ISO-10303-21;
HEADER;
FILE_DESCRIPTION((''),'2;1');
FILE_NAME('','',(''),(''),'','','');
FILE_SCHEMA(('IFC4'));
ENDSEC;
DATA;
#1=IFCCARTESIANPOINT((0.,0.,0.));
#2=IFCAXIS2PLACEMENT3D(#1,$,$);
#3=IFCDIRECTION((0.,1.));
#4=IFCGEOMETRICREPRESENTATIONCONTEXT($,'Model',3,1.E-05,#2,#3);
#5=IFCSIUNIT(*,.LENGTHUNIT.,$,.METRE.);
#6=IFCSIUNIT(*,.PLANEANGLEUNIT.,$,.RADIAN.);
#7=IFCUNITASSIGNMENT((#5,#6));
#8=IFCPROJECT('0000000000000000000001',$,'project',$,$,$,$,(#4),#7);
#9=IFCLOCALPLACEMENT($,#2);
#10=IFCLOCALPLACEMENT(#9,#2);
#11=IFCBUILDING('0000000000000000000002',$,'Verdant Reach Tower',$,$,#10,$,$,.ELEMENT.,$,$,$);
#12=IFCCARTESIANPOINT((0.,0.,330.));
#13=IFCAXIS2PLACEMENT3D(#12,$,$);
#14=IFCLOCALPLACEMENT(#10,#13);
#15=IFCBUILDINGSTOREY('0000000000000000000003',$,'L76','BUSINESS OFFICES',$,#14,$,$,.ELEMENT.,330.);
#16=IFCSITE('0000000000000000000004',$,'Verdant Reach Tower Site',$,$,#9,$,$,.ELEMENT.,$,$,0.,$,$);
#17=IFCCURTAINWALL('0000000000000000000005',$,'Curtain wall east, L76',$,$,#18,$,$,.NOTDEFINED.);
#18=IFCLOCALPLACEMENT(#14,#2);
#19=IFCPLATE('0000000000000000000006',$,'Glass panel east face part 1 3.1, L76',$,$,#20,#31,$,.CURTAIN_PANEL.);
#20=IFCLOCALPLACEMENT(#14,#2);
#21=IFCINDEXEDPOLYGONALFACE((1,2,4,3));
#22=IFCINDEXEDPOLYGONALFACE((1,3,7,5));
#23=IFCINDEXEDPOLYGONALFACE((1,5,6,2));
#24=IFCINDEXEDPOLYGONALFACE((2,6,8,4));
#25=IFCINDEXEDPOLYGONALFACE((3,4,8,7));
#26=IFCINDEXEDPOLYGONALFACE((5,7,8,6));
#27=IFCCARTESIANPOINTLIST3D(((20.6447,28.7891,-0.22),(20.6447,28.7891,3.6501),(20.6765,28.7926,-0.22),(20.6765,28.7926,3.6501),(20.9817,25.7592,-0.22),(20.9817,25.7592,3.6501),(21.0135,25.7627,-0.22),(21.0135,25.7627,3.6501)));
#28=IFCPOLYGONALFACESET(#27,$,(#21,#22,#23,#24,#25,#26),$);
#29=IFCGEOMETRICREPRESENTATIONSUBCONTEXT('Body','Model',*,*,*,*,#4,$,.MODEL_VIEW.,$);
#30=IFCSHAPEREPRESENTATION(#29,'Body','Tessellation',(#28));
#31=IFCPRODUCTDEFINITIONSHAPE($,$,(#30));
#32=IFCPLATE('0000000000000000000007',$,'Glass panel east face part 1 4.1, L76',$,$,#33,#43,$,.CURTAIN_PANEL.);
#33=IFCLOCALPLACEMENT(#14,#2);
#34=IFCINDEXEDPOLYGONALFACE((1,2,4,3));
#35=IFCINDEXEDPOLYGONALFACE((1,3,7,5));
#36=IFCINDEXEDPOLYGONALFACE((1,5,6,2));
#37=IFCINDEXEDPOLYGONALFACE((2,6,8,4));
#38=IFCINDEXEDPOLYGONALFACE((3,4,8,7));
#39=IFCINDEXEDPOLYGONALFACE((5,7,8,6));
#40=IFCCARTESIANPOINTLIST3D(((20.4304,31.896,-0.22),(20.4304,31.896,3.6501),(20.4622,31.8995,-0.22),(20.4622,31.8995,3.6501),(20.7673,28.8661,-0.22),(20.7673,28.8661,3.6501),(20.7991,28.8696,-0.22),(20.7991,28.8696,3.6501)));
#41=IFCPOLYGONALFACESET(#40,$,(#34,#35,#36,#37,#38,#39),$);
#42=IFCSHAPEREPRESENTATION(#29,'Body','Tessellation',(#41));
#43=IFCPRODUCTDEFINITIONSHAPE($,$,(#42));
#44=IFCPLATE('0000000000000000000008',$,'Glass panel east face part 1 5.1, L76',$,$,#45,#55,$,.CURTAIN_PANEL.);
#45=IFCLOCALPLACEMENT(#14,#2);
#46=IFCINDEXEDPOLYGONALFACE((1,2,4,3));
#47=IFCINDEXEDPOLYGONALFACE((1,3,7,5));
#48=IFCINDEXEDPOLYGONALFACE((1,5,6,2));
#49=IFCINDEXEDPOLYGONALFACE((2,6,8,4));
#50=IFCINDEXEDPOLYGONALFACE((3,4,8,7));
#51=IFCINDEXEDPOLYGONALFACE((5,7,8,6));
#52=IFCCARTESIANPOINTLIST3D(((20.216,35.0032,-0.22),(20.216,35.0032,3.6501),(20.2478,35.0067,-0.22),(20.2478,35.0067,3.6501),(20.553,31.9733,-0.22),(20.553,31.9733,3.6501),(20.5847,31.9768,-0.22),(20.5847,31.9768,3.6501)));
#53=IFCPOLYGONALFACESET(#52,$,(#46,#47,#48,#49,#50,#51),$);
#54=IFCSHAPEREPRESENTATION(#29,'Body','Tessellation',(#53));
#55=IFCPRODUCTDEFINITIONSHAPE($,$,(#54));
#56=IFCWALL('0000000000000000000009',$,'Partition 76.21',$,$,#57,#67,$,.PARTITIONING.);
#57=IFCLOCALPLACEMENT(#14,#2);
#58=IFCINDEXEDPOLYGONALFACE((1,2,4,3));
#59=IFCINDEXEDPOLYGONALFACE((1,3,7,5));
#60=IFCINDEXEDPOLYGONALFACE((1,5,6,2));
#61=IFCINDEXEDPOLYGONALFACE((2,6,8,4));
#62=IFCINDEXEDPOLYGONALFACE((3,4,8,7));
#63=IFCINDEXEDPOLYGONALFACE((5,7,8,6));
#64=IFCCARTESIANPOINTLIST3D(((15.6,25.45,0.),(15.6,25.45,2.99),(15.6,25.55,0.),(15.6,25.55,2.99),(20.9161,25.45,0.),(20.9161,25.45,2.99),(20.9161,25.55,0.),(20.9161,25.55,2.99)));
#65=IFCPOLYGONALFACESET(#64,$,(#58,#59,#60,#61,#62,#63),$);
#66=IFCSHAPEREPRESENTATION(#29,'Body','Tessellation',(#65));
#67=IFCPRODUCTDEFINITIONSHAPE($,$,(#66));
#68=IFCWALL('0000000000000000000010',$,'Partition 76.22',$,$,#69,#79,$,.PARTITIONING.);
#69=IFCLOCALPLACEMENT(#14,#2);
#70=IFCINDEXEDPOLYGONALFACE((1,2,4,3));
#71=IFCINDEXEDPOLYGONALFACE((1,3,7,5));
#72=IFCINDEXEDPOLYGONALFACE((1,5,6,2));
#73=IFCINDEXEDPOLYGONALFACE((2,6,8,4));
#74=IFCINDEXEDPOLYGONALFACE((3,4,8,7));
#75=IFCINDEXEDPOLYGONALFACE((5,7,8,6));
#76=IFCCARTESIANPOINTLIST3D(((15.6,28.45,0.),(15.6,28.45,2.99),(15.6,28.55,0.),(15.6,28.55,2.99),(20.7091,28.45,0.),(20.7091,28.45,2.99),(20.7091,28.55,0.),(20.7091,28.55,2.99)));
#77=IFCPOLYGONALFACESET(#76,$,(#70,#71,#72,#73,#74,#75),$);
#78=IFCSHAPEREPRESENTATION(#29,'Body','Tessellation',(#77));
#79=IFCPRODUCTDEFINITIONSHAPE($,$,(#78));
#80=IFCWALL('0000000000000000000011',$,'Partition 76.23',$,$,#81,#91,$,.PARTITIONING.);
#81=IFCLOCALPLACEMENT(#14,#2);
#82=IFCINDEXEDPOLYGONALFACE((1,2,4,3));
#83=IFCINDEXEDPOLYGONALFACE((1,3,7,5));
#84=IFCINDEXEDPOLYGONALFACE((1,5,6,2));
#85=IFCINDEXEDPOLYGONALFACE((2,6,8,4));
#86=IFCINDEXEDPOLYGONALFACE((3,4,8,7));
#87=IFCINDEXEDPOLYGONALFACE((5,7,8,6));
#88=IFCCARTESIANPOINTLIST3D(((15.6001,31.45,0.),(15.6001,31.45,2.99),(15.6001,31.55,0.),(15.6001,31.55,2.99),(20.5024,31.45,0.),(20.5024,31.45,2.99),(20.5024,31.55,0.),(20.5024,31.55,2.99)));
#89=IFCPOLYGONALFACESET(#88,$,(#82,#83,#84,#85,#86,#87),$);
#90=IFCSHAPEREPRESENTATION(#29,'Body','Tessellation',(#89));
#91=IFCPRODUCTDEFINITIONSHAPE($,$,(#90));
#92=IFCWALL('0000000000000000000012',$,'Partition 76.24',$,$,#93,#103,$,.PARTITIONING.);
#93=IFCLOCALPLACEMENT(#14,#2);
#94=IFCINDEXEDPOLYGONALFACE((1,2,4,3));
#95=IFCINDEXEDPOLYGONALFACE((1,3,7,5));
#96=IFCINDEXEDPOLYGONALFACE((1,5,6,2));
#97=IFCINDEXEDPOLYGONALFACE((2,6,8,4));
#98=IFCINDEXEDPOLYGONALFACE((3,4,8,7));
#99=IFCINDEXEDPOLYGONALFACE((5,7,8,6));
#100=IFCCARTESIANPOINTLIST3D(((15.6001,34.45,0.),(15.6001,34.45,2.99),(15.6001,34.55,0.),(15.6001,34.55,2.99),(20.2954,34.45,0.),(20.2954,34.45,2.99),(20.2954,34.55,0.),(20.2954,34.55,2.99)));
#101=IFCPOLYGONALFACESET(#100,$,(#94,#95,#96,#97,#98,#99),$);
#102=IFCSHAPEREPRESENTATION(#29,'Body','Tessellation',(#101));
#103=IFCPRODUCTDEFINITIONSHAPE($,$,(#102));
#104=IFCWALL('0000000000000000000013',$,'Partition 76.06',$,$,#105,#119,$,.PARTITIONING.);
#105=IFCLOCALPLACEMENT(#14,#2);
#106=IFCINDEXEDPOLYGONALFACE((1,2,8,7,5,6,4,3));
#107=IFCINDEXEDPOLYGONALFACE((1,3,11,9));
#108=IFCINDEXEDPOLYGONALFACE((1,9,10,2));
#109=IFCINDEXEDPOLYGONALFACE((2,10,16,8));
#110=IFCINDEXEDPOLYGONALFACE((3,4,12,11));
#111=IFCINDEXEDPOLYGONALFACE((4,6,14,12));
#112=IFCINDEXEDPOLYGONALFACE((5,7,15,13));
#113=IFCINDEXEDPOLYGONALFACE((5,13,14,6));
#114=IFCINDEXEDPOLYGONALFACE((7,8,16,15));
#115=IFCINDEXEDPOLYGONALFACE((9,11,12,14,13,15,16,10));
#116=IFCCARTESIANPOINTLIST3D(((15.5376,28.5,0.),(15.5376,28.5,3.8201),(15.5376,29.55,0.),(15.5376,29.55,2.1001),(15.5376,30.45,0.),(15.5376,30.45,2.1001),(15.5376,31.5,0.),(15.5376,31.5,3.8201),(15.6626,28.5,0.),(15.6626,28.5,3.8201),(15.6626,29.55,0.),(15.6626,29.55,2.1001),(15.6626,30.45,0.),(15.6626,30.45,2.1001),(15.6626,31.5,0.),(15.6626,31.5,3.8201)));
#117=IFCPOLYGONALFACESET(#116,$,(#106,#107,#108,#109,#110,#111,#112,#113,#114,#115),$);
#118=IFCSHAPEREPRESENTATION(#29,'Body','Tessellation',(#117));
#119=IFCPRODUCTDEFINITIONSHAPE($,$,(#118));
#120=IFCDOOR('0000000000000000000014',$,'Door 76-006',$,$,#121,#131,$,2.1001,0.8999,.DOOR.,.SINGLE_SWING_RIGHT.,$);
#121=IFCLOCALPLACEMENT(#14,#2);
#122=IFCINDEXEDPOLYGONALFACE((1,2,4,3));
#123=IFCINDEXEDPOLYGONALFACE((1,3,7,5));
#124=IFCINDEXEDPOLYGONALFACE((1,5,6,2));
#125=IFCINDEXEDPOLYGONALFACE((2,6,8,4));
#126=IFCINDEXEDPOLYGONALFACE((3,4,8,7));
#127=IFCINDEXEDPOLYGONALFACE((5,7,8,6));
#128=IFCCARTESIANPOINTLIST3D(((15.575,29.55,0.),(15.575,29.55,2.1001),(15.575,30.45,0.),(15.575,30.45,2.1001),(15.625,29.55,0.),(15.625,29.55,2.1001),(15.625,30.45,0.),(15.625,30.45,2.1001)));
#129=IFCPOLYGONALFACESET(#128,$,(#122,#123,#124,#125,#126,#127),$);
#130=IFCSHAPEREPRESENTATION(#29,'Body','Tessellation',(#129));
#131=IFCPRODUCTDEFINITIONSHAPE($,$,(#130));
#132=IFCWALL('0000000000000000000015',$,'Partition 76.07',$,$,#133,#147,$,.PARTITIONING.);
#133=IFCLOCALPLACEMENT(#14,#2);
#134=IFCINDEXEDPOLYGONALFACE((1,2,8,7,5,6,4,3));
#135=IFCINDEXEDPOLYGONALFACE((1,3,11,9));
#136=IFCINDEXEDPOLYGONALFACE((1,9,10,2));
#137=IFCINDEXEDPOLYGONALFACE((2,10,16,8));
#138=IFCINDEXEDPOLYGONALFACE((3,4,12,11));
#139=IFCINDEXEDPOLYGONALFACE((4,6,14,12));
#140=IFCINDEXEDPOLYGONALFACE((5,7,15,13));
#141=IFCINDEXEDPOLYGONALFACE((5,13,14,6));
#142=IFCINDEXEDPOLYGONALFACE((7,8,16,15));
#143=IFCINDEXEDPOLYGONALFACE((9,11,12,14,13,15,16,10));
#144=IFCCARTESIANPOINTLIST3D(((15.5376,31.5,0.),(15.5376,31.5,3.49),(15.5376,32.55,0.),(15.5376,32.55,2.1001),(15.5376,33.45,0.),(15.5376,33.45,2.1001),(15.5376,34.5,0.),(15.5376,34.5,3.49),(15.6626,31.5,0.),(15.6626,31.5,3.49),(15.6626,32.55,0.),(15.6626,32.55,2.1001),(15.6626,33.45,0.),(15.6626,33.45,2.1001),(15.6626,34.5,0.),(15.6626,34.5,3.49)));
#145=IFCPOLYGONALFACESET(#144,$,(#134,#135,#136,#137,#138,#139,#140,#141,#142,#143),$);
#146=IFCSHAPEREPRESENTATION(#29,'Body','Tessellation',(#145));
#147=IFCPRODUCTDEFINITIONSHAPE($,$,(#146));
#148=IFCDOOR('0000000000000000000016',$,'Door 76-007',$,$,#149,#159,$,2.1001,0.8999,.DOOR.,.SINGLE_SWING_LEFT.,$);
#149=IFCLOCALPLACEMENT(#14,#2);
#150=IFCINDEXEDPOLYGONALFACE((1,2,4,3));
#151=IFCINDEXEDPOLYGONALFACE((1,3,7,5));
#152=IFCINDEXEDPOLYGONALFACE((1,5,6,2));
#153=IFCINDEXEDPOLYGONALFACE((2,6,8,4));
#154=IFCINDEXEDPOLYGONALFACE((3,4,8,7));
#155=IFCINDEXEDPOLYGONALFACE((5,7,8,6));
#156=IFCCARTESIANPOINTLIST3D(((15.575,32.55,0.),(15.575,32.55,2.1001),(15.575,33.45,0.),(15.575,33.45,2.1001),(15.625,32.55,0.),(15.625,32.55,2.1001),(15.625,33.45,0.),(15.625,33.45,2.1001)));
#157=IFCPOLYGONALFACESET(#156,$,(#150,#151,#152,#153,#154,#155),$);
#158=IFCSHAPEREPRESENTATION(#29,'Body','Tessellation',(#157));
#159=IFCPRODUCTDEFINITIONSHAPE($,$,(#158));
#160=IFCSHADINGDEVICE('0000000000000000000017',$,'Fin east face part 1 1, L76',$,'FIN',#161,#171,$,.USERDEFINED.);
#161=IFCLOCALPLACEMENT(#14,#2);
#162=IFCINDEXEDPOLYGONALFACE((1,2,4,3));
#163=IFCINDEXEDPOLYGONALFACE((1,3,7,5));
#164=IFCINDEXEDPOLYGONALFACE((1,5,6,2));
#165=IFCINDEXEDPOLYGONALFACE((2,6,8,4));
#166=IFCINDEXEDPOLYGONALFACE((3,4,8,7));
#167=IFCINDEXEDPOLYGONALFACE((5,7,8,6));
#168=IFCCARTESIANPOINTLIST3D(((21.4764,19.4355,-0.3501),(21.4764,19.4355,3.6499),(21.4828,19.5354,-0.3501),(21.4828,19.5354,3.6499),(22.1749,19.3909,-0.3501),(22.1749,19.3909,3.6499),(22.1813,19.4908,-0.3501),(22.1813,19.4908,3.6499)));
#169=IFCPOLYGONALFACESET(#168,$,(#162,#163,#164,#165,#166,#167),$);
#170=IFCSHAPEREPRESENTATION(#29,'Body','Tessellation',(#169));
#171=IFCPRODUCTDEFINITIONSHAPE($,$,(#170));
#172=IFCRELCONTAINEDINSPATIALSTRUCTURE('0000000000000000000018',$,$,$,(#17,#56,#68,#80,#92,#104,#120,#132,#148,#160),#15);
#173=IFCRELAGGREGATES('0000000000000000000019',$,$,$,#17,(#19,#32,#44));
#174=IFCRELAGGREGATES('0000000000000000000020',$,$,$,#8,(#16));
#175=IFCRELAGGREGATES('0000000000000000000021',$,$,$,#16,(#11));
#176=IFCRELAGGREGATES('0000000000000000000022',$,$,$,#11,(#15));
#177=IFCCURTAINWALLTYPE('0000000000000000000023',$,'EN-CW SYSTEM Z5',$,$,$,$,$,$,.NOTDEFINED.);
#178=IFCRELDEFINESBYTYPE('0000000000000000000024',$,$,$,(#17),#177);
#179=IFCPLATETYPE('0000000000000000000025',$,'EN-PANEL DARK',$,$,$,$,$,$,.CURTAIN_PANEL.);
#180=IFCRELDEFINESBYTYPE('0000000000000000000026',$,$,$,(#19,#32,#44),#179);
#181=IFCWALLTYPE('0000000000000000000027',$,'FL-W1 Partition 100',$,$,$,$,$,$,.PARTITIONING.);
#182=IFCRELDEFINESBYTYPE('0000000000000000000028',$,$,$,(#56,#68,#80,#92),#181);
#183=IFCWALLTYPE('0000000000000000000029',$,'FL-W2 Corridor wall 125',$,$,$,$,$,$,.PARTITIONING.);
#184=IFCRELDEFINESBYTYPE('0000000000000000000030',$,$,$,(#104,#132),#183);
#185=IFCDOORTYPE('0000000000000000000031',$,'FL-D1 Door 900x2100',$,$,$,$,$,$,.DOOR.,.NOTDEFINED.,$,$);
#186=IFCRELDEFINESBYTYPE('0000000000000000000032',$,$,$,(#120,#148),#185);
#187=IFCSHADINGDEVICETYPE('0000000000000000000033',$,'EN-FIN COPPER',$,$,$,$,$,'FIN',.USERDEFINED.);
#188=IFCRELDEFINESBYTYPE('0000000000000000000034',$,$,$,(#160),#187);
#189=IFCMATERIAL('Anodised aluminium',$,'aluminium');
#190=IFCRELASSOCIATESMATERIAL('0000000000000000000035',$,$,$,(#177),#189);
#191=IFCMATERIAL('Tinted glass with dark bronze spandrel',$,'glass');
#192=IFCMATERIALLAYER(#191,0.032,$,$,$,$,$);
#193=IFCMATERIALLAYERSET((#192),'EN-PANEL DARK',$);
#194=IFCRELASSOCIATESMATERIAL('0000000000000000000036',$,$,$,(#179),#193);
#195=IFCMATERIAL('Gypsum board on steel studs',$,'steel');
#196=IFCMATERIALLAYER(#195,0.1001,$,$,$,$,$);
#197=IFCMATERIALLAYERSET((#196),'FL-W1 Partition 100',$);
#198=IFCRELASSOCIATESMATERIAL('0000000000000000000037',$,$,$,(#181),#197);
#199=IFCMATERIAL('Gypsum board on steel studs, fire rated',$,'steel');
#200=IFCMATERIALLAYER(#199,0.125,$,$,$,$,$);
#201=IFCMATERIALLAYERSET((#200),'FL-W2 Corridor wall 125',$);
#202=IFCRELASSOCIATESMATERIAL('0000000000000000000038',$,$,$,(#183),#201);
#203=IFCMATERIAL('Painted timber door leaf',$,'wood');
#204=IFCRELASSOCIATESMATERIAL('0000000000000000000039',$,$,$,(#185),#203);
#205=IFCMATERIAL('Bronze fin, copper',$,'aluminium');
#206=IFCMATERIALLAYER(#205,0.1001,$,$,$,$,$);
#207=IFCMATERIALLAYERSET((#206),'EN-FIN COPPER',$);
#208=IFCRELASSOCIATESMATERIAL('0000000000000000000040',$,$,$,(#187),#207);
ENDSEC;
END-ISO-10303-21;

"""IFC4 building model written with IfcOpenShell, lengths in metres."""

from ifc_helpers import new_model, si_unit, direction, frame, frame_2d, origin, origin_2d, place, context, subcontext, project, spatial, rectangle, extrude, material, layer, layer_set, type_object, element, fill, aggregate, save


model = new_model("IFC4")

# Units and contexts
model_context = context("Model", 3, precision=1e-05, world=origin(), true_north=direction((0.0, 1.0)))
body_context = subcontext(model_context, "Body", "Model", "MODEL_VIEW")
ifc_project = project(units=[si_unit("LENGTHUNIT", "METRE"), si_unit("PLANEANGLEUNIT", "RADIAN")], contexts=[model_context])

# Site, building, storey
site_placement = place(None, origin())
site = spatial("IfcSite", under=ifc_project, at=site_placement, Name="Verdant Reach Tower Site", CompositionType="ELEMENT", RefElevation=0.0)
building_placement = place(site_placement, origin())
building = spatial("IfcBuilding", under=site, at=building_placement, Name="Verdant Reach Tower", CompositionType="ELEMENT")
storey_placement = place(building_placement, frame((0.0, 0.0, 330.0)))
storey = spatial("IfcBuildingStorey", under=building, at=storey_placement, Name="L76", Description="BUSINESS OFFICES", CompositionType="ELEMENT", Elevation=330.0)

# Curtain wall
ifc_material_1 = material(Name="Anodised aluminium", Category="aluminium")
curtain_wall_type = type_object("IfcCurtainWallType", Name="EN-CW SYSTEM Z5", PredefinedType="NOTDEFINED", material=ifc_material_1)
curtain_wall_placement = place(storey_placement, origin())
curtain_wall = element("IfcCurtainWall", 1, at=curtain_wall_placement, inside=storey, type_object=curtain_wall_type, Name="Curtain wall east, L76", PredefinedType="NOTDEFINED")

# Plates
ifc_material_2 = material(Name="Tinted glass with dark bronze spandrel", Category="glass")
ifc_layer_1 = layer(ifc_material_2, 0.032)
ifc_layer_set_1 = layer_set([ifc_layer_1], Name="EN-PANEL DARK")
plate_type_1 = type_object("IfcPlateType", Name="EN-PANEL DARK", PredefinedType="CURTAIN_PANEL", material=ifc_layer_set_1)
plate_1_placement = place(storey_placement, frame((20.8291, 27.2759, -0.22), z_axis=(0.0, 0.0, 1.0), x_axis=(-0.110518, 0.993874, 0.0)))
plate_1 = element("IfcPlate", 2, at=plate_1_placement, type_object=plate_type_1, Name="Glass panel east face part 1 3.1, L76", PredefinedType="CURTAIN_PANEL", context=body_context, shape_type="SweptSolid", body=[
    extrude(rectangle(XDim=3.0486, YDim=0.032, at=origin_2d()), origin(), (0.0, 0.0, 1.0), 3.8701),
])
plate_2_placement = place(storey_placement, frame((20.6147, 30.3828, -0.22), z_axis=(0.0, 0.0, 1.0), x_axis=(-0.110518, 0.993874, 0.0)))
plate_2 = element("IfcPlate", 3, at=plate_2_placement, type_object=plate_type_1, Name="Glass panel east face part 1 4.1, L76", PredefinedType="CURTAIN_PANEL", context=body_context, shape_type="SweptSolid", body=[
    extrude(rectangle(XDim=3.0486, YDim=0.032, at=origin_2d()), origin(), (0.0, 0.0, 1.0), 3.8701),
])
plate_3_placement = place(storey_placement, frame((20.4004, 33.49, -0.22), z_axis=(0.0, 0.0, 1.0), x_axis=(-0.110518, 0.993874, 0.0)))
plate_3 = element("IfcPlate", 4, at=plate_3_placement, type_object=plate_type_1, Name="Glass panel east face part 1 5.1, L76", PredefinedType="CURTAIN_PANEL", context=body_context, shape_type="SweptSolid", body=[
    extrude(rectangle(XDim=3.0486, YDim=0.032, at=origin_2d()), origin(), (0.0, 0.0, 1.0), 3.8701),
])
aggregate(curtain_wall, [plate_1, plate_2, plate_3])

# Walls
ifc_material_3 = material(Name="Gypsum board on steel studs", Category="steel")
ifc_layer_2 = layer(ifc_material_3, 0.1001)
ifc_layer_set_2 = layer_set([ifc_layer_2], Name="FL-W1 Partition 100")
wall_type_1 = type_object("IfcWallType", Name="FL-W1 Partition 100", PredefinedType="PARTITIONING", material=ifc_layer_set_2)
wall_1_placement = place(storey_placement, frame((20.9163, 25.5, 0.0), z_axis=(0.0, 0.0, 1.0), x_axis=(-1.0, 0.0, 0.0)))
element("IfcWall", 5, at=wall_1_placement, inside=storey, type_object=wall_type_1, Name="Partition 76.21", PredefinedType="PARTITIONING", context=body_context, shape_type="SweptSolid", body=[
    extrude(rectangle(XDim=5.3162, YDim=0.1001, at=frame_2d((2.6582, 0.0))), origin(), (0.0, 0.0, 1.0), 2.99),
])
wall_2_placement = place(storey_placement, frame((20.7092, 28.5, 0.0), z_axis=(0.0, 0.0, 1.0), x_axis=(-1.0, 0.0, 0.0)))
element("IfcWall", 6, at=wall_2_placement, inside=storey, type_object=wall_type_1, Name="Partition 76.22", PredefinedType="PARTITIONING", context=body_context, shape_type="SweptSolid", body=[
    extrude(rectangle(XDim=5.1091, YDim=0.1001, at=frame_2d((2.5547, 0.0))), origin(), (0.0, 0.0, 1.0), 2.99),
])
wall_3_placement = place(storey_placement, frame((20.5024, 31.5, 0.0), z_axis=(0.0, 0.0, 1.0), x_axis=(-1.0, 0.0, 0.0)))
element("IfcWall", 7, at=wall_3_placement, inside=storey, type_object=wall_type_1, Name="Partition 76.23", PredefinedType="PARTITIONING", context=body_context, shape_type="SweptSolid", body=[
    extrude(rectangle(XDim=4.9023, YDim=0.1001, at=frame_2d((2.4512, 0.0))), origin(), (0.0, 0.0, 1.0), 2.99),
])
wall_4_placement = place(storey_placement, frame((20.2954, 34.5, 0.0), z_axis=(0.0, 0.0, 1.0), x_axis=(-1.0, 0.0, 0.0)))
element("IfcWall", 8, at=wall_4_placement, inside=storey, type_object=wall_type_1, Name="Partition 76.24", PredefinedType="PARTITIONING", context=body_context, shape_type="SweptSolid", body=[
    extrude(rectangle(XDim=4.6953, YDim=0.1001, at=frame_2d((2.3477, 0.0))), origin(), (0.0, 0.0, 1.0), 2.99),
])

# Walls, openings, doors
ifc_material_4 = material(Name="Gypsum board on steel studs, fire rated", Category="steel")
ifc_layer_3 = layer(ifc_material_4, 0.125)
ifc_layer_set_3 = layer_set([ifc_layer_3], Name="FL-W2 Corridor wall 125")
wall_type_2 = type_object("IfcWallType", Name="FL-W2 Corridor wall 125", PredefinedType="PARTITIONING", material=ifc_layer_set_3)
wall_5_placement = place(storey_placement, frame((15.6001, 31.5, 0.0), z_axis=(0.0, 0.0, 1.0), x_axis=(0.0, -1.0, 0.0)))
wall_5 = element("IfcWall", 9, at=wall_5_placement, inside=storey, type_object=wall_type_2, Name="Partition 76.06", PredefinedType="PARTITIONING", context=body_context, shape_type="SweptSolid", body=[
    extrude(rectangle(XDim=3.0, YDim=0.125, at=frame_2d((1.5, 0.0))), origin(), (0.0, 0.0, 1.0), 3.8201),
])
opening_1_placement = place(wall_5_placement, frame((1.05, 0.0, 0.0)))
opening_1 = element("IfcOpeningElement", 10, at=opening_1_placement, cuts=wall_5, PredefinedType="OPENING", context=body_context, shape_type="SweptSolid", body=[
    extrude(rectangle(XDim=0.8999, YDim=2.1001, at=frame_2d((0.45, 1.05))), frame((0.0, 0.0725, 0.0), z_axis=(0.0, -1.0, 0.0), x_axis=(1.0, 0.0, 0.0)), (0.0, 0.0, 1.0), 0.145),
])
ifc_material_5 = material(Name="Painted timber door leaf", Category="wood")
door_type = type_object("IfcDoorType", Name="FL-D1 Door 900x2100", OperationType="NOTDEFINED", PredefinedType="DOOR", material=ifc_material_5)
door_1_placement = place(opening_1_placement, origin())
door_1 = element("IfcDoor", 11, at=door_1_placement, inside=storey, type_object=door_type, Name="Door 76-006", OperationType="SINGLE_SWING_RIGHT", OverallHeight=2.1001, OverallWidth=0.8999, PredefinedType="DOOR", context=body_context, shape_type="SweptSolid", body=[
    extrude(rectangle(XDim=0.8999, YDim=2.1001, at=frame_2d((0.45, 1.05))), frame((0.0, 0.0249, 0.0), z_axis=(0.0, -1.0, 0.0), x_axis=(1.0, 0.0, 0.0)), (0.0, 0.0, 1.0), 0.05),
])
fill(opening_1, door_1)
wall_6_placement = place(storey_placement, frame((15.6001, 34.5, 0.0), z_axis=(0.0, 0.0, 1.0), x_axis=(0.0, -1.0, 0.0)))
wall_6 = element("IfcWall", 12, at=wall_6_placement, inside=storey, type_object=wall_type_2, Name="Partition 76.07", PredefinedType="PARTITIONING", context=body_context, shape_type="SweptSolid", body=[
    extrude(rectangle(XDim=3.0, YDim=0.125, at=frame_2d((1.5, 0.0))), origin(), (0.0, 0.0, 1.0), 3.49),
])
opening_2_placement = place(wall_6_placement, frame((1.05, 0.0, 0.0)))
opening_2 = element("IfcOpeningElement", 13, at=opening_2_placement, cuts=wall_6, PredefinedType="OPENING", context=body_context, shape_type="SweptSolid", body=[
    extrude(rectangle(XDim=0.8999, YDim=2.1001, at=frame_2d((0.45, 1.05))), frame((0.0, 0.0725, 0.0), z_axis=(0.0, -1.0, 0.0), x_axis=(1.0, 0.0, 0.0)), (0.0, 0.0, 1.0), 0.145),
])
door_2_placement = place(opening_2_placement, origin())
door_2 = element("IfcDoor", 14, at=door_2_placement, inside=storey, type_object=door_type, Name="Door 76-007", OperationType="SINGLE_SWING_LEFT", OverallHeight=2.1001, OverallWidth=0.8999, PredefinedType="DOOR", context=body_context, shape_type="SweptSolid", body=[
    extrude(rectangle(XDim=0.8999, YDim=2.1001, at=frame_2d((0.45, 1.05))), frame((0.0, 0.0249, 0.0), z_axis=(0.0, -1.0, 0.0), x_axis=(1.0, 0.0, 0.0)), (0.0, 0.0, 1.0), 0.05),
])
fill(opening_2, door_2)

# Shading device
ifc_material_6 = material(Name="Bronze fin, copper", Category="aluminium")
ifc_layer_4 = layer(ifc_material_6, 0.1001)
ifc_layer_set_4 = layer_set([ifc_layer_4], Name="EN-FIN COPPER")
shading_device_type_1 = type_object("IfcShadingDeviceType", Name="EN-FIN COPPER", ElementType="FIN", PredefinedType="USERDEFINED", material=ifc_layer_set_4)
shading_device_placement = place(storey_placement, frame((21.8289, 19.4631, -0.3501), z_axis=(0.0, 0.0, 1.0), x_axis=(0.063699, 0.997969, 0.0)))
element("IfcShadingDevice", 15, at=shading_device_placement, inside=storey, type_object=shading_device_type_1, Name="Fin east face part 1 1, L76", ObjectType="FIN", PredefinedType="USERDEFINED", context=body_context, shape_type="SweptSolid", body=[
    extrude(rectangle(XDim=0.1001, YDim=0.7, at=origin_2d()), origin(), (0.0, 0.0, 1.0), 4.0),
])

save(model, "model.ifc")
